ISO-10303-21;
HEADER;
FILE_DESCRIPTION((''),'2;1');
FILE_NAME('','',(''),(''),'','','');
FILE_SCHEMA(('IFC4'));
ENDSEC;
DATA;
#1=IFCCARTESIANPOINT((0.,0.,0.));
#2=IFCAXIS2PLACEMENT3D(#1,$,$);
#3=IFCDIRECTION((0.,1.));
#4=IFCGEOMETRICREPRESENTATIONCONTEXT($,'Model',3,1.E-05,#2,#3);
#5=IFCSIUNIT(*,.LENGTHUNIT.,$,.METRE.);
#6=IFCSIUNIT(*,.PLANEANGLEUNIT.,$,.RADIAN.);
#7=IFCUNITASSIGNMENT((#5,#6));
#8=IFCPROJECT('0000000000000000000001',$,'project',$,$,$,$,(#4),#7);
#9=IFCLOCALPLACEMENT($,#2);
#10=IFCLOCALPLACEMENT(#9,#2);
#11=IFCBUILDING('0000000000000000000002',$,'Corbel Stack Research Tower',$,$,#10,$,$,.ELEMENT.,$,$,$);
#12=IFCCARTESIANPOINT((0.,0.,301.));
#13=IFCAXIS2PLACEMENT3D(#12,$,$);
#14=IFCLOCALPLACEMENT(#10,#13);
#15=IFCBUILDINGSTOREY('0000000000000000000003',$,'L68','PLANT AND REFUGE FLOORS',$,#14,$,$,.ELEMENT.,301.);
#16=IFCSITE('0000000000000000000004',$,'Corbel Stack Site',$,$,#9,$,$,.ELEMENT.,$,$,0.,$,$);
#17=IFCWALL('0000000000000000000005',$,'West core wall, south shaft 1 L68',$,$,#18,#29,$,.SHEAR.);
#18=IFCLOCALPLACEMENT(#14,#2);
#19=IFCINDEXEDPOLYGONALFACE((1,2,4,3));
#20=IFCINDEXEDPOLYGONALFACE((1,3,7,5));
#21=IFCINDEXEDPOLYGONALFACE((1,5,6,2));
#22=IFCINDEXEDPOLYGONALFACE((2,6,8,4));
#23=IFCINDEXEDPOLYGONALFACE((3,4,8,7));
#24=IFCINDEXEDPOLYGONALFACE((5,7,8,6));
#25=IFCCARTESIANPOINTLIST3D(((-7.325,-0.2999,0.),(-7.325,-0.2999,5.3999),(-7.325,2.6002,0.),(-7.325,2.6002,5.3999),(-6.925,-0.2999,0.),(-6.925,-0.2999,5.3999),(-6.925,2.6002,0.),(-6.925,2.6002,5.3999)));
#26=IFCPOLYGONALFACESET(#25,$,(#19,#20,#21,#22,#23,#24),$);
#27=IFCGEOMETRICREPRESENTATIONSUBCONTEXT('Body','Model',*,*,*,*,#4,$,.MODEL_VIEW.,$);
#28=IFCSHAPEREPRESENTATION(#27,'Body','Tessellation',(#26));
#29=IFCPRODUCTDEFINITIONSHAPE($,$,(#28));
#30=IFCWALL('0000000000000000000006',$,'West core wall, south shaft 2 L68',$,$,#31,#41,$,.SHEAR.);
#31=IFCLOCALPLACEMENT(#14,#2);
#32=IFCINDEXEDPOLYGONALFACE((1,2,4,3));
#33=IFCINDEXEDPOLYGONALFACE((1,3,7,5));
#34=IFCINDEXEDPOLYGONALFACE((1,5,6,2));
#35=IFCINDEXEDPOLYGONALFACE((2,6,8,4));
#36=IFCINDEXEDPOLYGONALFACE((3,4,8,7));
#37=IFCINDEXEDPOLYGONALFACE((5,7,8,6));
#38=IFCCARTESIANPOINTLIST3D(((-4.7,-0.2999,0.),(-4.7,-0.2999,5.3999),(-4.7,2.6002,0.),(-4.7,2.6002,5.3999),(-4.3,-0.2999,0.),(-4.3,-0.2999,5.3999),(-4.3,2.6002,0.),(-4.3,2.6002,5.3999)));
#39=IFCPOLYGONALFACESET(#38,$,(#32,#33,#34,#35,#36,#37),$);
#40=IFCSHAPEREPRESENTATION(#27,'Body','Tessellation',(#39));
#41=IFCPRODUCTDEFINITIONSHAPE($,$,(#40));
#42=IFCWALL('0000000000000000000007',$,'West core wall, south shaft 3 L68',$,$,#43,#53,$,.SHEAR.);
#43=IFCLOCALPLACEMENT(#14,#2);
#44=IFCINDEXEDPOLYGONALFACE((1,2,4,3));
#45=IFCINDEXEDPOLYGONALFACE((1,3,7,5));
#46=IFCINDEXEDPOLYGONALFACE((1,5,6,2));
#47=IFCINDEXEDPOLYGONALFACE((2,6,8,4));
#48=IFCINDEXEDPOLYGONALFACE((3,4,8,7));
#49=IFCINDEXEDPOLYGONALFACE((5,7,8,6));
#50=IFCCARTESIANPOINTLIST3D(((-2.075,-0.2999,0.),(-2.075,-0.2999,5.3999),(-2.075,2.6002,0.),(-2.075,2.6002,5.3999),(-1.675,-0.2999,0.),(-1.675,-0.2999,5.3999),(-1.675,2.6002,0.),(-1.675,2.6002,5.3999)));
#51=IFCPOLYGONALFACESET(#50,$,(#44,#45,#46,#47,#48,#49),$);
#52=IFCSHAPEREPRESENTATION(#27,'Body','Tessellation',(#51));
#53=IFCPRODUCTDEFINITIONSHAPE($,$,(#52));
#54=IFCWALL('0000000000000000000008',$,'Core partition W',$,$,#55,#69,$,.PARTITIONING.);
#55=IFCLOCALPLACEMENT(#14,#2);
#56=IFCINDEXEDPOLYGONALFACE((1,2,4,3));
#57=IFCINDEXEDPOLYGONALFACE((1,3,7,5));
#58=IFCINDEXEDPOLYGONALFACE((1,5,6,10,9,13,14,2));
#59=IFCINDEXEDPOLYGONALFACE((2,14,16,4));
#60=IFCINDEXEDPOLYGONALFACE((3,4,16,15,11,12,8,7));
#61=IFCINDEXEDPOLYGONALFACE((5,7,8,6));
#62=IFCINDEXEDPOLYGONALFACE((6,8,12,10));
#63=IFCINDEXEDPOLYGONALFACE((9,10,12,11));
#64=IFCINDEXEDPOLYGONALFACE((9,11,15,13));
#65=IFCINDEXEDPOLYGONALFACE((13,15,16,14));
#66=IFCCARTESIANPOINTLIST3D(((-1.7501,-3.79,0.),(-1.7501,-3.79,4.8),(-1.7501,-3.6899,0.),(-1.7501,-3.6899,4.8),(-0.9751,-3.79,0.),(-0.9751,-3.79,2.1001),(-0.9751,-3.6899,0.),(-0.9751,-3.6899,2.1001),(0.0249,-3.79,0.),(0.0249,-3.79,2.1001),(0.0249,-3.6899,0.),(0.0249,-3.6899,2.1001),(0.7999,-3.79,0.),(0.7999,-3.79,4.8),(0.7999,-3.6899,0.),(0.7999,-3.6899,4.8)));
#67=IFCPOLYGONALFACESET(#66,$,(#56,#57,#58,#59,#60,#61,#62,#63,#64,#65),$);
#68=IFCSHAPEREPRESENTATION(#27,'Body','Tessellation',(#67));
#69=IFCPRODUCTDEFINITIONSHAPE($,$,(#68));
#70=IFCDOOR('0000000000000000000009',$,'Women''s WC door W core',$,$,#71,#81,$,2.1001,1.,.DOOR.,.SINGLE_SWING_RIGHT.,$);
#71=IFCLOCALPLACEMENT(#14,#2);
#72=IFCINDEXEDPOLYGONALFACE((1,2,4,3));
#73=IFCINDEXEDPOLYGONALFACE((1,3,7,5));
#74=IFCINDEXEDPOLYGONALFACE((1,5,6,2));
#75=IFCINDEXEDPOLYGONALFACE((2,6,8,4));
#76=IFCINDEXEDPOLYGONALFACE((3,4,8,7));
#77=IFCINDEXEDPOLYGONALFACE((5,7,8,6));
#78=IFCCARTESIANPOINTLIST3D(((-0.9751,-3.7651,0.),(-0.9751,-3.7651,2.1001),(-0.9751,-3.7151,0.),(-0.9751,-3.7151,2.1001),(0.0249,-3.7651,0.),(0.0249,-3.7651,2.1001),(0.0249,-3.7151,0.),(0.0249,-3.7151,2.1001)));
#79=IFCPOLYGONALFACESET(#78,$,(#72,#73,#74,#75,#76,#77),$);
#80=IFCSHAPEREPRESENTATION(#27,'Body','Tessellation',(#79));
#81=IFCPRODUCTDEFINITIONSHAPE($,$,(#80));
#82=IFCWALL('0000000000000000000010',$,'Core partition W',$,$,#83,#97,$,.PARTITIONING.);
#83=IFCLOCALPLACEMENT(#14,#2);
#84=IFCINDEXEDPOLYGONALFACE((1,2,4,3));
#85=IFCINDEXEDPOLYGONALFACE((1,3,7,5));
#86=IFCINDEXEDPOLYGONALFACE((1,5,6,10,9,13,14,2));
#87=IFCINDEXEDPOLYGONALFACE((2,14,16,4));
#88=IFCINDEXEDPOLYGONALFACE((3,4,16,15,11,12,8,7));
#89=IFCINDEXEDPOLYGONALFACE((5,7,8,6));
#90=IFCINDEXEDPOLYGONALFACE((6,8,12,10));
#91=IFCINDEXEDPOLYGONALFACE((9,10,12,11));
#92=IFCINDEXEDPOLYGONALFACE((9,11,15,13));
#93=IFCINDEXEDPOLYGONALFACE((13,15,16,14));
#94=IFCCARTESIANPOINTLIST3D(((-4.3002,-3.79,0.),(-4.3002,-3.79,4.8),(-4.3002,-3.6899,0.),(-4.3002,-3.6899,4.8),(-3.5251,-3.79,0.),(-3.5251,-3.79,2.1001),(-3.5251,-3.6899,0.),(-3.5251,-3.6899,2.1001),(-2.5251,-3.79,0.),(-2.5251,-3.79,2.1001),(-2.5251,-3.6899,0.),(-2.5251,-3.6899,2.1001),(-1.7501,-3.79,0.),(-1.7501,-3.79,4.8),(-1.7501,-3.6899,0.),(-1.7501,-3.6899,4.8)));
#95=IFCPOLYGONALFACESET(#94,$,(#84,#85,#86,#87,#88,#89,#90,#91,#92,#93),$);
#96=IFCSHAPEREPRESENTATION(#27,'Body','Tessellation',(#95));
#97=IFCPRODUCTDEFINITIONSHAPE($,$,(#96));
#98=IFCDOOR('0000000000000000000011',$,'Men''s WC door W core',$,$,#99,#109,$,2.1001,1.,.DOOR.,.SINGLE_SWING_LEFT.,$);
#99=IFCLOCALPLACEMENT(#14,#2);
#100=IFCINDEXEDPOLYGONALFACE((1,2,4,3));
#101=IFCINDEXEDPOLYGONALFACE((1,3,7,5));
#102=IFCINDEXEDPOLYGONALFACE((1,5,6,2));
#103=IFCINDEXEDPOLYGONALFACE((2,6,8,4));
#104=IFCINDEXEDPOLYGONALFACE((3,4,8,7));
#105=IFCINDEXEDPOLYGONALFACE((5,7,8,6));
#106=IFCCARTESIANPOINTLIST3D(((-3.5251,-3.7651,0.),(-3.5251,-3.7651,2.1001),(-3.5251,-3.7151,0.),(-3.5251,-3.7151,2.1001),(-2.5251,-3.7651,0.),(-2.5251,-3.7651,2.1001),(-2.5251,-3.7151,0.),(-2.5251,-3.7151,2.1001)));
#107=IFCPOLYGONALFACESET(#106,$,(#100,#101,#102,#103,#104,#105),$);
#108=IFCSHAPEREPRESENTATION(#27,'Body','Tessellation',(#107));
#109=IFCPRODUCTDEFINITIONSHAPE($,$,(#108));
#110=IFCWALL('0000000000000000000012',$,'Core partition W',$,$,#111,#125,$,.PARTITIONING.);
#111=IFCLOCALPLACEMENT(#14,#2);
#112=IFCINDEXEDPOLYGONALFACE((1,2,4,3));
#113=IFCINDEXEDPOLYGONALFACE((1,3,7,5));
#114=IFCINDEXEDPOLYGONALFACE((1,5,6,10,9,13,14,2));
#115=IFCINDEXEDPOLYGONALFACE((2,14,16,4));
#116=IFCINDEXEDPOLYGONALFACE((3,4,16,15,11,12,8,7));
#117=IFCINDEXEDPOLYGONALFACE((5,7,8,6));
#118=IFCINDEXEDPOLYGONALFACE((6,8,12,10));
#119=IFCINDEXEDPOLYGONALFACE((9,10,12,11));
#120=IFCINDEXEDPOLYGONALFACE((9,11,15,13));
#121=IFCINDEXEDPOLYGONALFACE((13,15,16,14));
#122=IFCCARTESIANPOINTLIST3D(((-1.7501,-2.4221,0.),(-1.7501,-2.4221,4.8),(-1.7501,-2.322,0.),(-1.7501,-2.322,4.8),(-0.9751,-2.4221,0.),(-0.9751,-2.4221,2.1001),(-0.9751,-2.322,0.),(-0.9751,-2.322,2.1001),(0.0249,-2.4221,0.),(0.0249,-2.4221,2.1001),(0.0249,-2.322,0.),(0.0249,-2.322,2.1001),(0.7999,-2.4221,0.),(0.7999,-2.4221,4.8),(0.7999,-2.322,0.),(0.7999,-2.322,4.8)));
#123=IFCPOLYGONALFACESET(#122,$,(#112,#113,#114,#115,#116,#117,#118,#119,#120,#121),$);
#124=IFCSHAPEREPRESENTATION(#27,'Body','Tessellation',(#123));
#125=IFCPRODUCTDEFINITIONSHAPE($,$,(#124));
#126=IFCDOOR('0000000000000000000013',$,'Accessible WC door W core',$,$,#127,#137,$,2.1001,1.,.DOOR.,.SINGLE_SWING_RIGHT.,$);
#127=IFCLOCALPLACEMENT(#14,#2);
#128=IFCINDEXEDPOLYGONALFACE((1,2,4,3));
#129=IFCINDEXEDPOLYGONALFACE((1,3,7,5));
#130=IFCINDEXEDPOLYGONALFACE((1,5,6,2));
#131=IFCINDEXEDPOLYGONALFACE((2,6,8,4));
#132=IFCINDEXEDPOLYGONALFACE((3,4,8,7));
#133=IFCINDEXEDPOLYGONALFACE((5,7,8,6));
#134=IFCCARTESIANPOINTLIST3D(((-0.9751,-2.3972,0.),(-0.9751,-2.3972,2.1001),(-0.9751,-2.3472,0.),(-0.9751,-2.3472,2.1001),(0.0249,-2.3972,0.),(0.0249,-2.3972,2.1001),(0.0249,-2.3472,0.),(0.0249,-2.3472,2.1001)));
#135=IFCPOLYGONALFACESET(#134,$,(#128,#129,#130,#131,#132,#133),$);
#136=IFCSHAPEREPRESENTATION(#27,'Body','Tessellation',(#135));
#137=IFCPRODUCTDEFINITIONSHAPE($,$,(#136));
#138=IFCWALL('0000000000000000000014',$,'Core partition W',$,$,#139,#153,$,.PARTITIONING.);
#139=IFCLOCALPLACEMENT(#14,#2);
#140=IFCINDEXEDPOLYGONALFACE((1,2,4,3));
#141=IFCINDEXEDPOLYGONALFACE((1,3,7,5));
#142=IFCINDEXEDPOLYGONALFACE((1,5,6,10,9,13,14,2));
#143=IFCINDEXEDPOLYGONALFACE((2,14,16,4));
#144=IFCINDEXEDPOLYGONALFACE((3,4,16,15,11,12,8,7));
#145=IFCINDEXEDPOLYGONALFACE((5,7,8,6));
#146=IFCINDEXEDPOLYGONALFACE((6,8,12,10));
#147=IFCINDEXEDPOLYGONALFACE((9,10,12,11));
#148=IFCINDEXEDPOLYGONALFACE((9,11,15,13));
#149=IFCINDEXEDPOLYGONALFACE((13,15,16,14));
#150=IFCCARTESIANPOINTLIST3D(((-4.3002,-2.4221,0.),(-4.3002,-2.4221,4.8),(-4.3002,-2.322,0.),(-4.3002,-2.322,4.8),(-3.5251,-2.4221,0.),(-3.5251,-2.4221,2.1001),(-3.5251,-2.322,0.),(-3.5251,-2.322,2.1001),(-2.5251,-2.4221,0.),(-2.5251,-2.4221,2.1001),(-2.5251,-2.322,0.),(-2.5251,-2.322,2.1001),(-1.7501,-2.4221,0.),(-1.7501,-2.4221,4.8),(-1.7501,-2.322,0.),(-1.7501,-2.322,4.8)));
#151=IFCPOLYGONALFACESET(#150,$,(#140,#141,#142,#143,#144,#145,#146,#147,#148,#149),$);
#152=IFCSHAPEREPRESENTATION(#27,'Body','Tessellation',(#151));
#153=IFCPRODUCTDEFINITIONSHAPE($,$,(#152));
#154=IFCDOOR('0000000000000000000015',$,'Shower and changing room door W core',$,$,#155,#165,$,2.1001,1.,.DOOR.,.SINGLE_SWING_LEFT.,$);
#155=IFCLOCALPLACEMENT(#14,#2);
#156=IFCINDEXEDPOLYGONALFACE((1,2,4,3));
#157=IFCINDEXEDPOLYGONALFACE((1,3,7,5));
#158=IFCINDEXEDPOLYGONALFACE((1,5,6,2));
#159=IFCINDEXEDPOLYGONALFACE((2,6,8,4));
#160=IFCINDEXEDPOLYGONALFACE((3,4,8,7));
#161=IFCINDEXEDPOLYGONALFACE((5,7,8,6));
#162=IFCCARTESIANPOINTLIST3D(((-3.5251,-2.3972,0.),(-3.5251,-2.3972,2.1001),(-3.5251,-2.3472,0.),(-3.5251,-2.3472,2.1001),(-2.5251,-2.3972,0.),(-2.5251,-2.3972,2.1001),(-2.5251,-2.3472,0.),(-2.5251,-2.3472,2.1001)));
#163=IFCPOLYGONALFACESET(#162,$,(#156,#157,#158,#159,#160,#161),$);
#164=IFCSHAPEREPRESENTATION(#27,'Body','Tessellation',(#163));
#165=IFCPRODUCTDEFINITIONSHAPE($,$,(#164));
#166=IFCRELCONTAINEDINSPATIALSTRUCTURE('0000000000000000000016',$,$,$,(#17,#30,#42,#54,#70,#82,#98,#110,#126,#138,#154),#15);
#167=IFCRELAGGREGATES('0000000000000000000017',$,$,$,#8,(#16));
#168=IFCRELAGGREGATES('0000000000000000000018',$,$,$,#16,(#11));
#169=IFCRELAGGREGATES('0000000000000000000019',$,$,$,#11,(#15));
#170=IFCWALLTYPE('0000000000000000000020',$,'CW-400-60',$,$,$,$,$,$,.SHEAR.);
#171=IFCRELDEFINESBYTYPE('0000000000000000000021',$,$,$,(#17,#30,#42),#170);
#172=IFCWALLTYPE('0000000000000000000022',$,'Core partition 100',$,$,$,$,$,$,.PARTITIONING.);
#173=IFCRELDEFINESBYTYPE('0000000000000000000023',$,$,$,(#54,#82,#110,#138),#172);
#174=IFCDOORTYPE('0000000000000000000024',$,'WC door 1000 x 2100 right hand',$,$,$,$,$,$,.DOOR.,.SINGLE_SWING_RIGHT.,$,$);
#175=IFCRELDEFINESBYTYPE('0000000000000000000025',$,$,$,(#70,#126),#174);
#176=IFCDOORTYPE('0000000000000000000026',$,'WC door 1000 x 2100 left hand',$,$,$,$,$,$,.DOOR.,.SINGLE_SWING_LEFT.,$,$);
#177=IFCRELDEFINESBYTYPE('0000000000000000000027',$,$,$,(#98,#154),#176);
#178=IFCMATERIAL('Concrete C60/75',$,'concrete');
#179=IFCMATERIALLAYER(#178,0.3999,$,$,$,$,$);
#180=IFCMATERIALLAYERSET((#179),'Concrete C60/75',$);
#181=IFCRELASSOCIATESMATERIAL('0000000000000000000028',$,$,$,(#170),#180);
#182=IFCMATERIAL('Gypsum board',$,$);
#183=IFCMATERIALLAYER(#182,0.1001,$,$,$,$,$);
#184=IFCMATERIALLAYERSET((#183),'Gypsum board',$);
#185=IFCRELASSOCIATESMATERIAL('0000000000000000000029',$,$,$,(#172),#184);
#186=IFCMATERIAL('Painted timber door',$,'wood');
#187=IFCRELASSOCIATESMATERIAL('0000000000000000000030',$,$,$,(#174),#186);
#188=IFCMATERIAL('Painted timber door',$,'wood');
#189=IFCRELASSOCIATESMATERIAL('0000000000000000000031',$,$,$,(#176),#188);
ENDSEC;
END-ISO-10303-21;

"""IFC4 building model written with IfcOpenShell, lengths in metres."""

from ifc_helpers import new_model, si_unit, direction, frame, frame_2d, origin, place, context, subcontext, project, spatial, rectangle, extrude, material, layer, layer_set, type_object, element, fill, save


model = new_model("IFC4")

# Units and contexts
model_context = context("Model", 3, precision=1e-05, world=origin(), true_north=direction((0.0, 1.0)))
body_context = subcontext(model_context, "Body", "Model", "MODEL_VIEW")
ifc_project = project(units=[si_unit("LENGTHUNIT", "METRE"), si_unit("PLANEANGLEUNIT", "RADIAN")], contexts=[model_context])

# Site, building, storey
site_placement = place(None, origin())
site = spatial("IfcSite", under=ifc_project, at=site_placement, Name="Corbel Stack Site", CompositionType="ELEMENT", RefElevation=0.0)
building_placement = place(site_placement, origin())
building = spatial("IfcBuilding", under=site, at=building_placement, Name="Corbel Stack Research Tower", CompositionType="ELEMENT")
storey_placement = place(building_placement, frame((0.0, 0.0, 301.0)))
storey = spatial("IfcBuildingStorey", under=building, at=storey_placement, Name="L68", Description="PLANT AND REFUGE FLOORS", CompositionType="ELEMENT", Elevation=301.0)

# Walls
ifc_material_1 = material(Name="Concrete C60/75", Category="concrete")
ifc_layer_1 = layer(ifc_material_1, 0.3999)
ifc_layer_set_1 = layer_set([ifc_layer_1], Name="Concrete C60/75")
wall_type_1 = type_object("IfcWallType", Name="CW-400-60", PredefinedType="SHEAR", material=ifc_layer_set_1)
for number, where, z_axis, x_axis, name in (
    (1, (-7.125, -0.3, 0.0), (0.0, 0.0, 1.0), (0.0, 1.0, 0.0), "West core wall, south shaft 1 L68"),
    (2, (-4.5, -0.3, 0.0), (0.0, 0.0, 1.0), (0.0, 1.0, 0.0), "West core wall, south shaft 2 L68"),
    (3, (-1.875, -0.3, 0.0), (0.0, 0.0, 1.0), (0.0, 1.0, 0.0), "West core wall, south shaft 3 L68"),
):
    element("IfcWall", number, at=place(storey_placement, frame(where, z_axis=z_axis, x_axis=x_axis)), inside=storey, type_object=wall_type_1, Name=name, PredefinedType="SHEAR", context=body_context, shape_type="SweptSolid", body=[
        extrude(rectangle(XDim=2.9001, YDim=0.3999, at=frame_2d((1.4502, 0.0))), origin(), (0.0, 0.0, 1.0), 5.3999),
    ])

# Walls, openings, doors
ifc_material_2 = material(Name="Gypsum board")
ifc_layer_2 = layer(ifc_material_2, 0.1001)
ifc_layer_set_2 = layer_set([ifc_layer_2], Name="Gypsum board")
wall_type_2 = type_object("IfcWallType", Name="Core partition 100", PredefinedType="PARTITIONING", material=ifc_layer_set_2)
wall_1_placement = place(storey_placement, frame((-1.75, -3.74, 0.0), z_axis=(0.0, 0.0, 1.0), x_axis=(1.0, 0.0, 0.0)))
wall_1 = element("IfcWall", 4, at=wall_1_placement, inside=storey, type_object=wall_type_2, Name="Core partition W", PredefinedType="PARTITIONING", context=body_context, shape_type="SweptSolid", body=[
    extrude(rectangle(XDim=2.55, YDim=0.1001, at=frame_2d((1.2749, 0.0))), origin(), (0.0, 0.0, 1.0), 4.8),
])
opening_1_placement = place(wall_1_placement, frame((0.7749, 0.0, 0.0)))
opening_1 = element("IfcOpeningElement", 5, at=opening_1_placement, cuts=wall_1, PredefinedType="OPENING", context=body_context, shape_type="SweptSolid", body=[
    extrude(rectangle(XDim=1.0, YDim=2.1001, at=frame_2d((0.5, 1.05))), frame((0.0, 0.0601, 0.0), z_axis=(0.0, -1.0, 0.0), x_axis=(1.0, 0.0, 0.0)), (0.0, 0.0, 1.0), 0.1201),
])
ifc_material_3 = material(Name="Painted timber door", Category="wood")
door_type_1 = type_object("IfcDoorType", Name="WC door 1000 x 2100 right hand", OperationType="SINGLE_SWING_RIGHT", PredefinedType="DOOR", material=ifc_material_3)
door_1_placement = place(opening_1_placement, origin())
door_1 = element("IfcDoor", 6, at=door_1_placement, inside=storey, type_object=door_type_1, Name="Women's WC door W core", OperationType="SINGLE_SWING_RIGHT", OverallHeight=2.1001, OverallWidth=1.0, PredefinedType="DOOR", context=body_context, shape_type="SweptSolid", body=[
    extrude(rectangle(XDim=1.0, YDim=2.1001, at=frame_2d((0.5, 1.05))), frame((0.0, 0.0249, 0.0), z_axis=(0.0, -1.0, 0.0), x_axis=(1.0, 0.0, 0.0)), (0.0, 0.0, 1.0), 0.05),
])
fill(opening_1, door_1)
wall_2_placement = place(storey_placement, frame((-4.3, -3.74, 0.0), z_axis=(0.0, 0.0, 1.0), x_axis=(1.0, 0.0, 0.0)))
wall_2 = element("IfcWall", 7, at=wall_2_placement, inside=storey, type_object=wall_type_2, Name="Core partition W", PredefinedType="PARTITIONING", context=body_context, shape_type="SweptSolid", body=[
    extrude(rectangle(XDim=2.55, YDim=0.1001, at=frame_2d((1.2749, 0.0))), origin(), (0.0, 0.0, 1.0), 4.8),
])
opening_2_placement = place(wall_2_placement, frame((0.7749, 0.0, 0.0)))
opening_2 = element("IfcOpeningElement", 8, at=opening_2_placement, cuts=wall_2, PredefinedType="OPENING", context=body_context, shape_type="SweptSolid", body=[
    extrude(rectangle(XDim=1.0, YDim=2.1001, at=frame_2d((0.5, 1.05))), frame((0.0, 0.0601, 0.0), z_axis=(0.0, -1.0, 0.0), x_axis=(1.0, 0.0, 0.0)), (0.0, 0.0, 1.0), 0.1201),
])
ifc_material_4 = material(Name="Painted timber door", Category="wood")
door_type_2 = type_object("IfcDoorType", Name="WC door 1000 x 2100 left hand", OperationType="SINGLE_SWING_LEFT", PredefinedType="DOOR", material=ifc_material_4)
door_2_placement = place(opening_2_placement, origin())
door_2 = element("IfcDoor", 9, at=door_2_placement, inside=storey, type_object=door_type_2, Name="Men's WC door W core", OperationType="SINGLE_SWING_LEFT", OverallHeight=2.1001, OverallWidth=1.0, PredefinedType="DOOR", context=body_context, shape_type="SweptSolid", body=[
    extrude(rectangle(XDim=1.0, YDim=2.1001, at=frame_2d((0.5, 1.05))), frame((0.0, 0.0249, 0.0), z_axis=(0.0, -1.0, 0.0), x_axis=(1.0, 0.0, 0.0)), (0.0, 0.0, 1.0), 0.05),
])
fill(opening_2, door_2)
wall_3_placement = place(storey_placement, frame((-1.75, -2.3721, 0.0), z_axis=(0.0, 0.0, 1.0), x_axis=(1.0, 0.0, 0.0)))
wall_3 = element("IfcWall", 10, at=wall_3_placement, inside=storey, type_object=wall_type_2, Name="Core partition W", PredefinedType="PARTITIONING", context=body_context, shape_type="SweptSolid", body=[
    extrude(rectangle(XDim=2.55, YDim=0.1001, at=frame_2d((1.2749, 0.0))), origin(), (0.0, 0.0, 1.0), 4.8),
])
opening_3_placement = place(wall_3_placement, frame((0.7749, 0.0, 0.0)))
opening_3 = element("IfcOpeningElement", 11, at=opening_3_placement, cuts=wall_3, PredefinedType="OPENING", context=body_context, shape_type="SweptSolid", body=[
    extrude(rectangle(XDim=1.0, YDim=2.1001, at=frame_2d((0.5, 1.05))), frame((0.0, 0.0601, 0.0), z_axis=(0.0, -1.0, 0.0), x_axis=(1.0, 0.0, 0.0)), (0.0, 0.0, 1.0), 0.1201),
])
door_3_placement = place(opening_3_placement, origin())
door_3 = element("IfcDoor", 12, at=door_3_placement, inside=storey, type_object=door_type_1, Name="Accessible WC door W core", OperationType="SINGLE_SWING_RIGHT", OverallHeight=2.1001, OverallWidth=1.0, PredefinedType="DOOR", context=body_context, shape_type="SweptSolid", body=[
    extrude(rectangle(XDim=1.0, YDim=2.1001, at=frame_2d((0.5, 1.05))), frame((0.0, 0.0249, 0.0), z_axis=(0.0, -1.0, 0.0), x_axis=(1.0, 0.0, 0.0)), (0.0, 0.0, 1.0), 0.05),
])
fill(opening_3, door_3)
wall_4_placement = place(storey_placement, frame((-4.3, -2.3721, 0.0), z_axis=(0.0, 0.0, 1.0), x_axis=(1.0, 0.0, 0.0)))
wall_4 = element("IfcWall", 13, at=wall_4_placement, inside=storey, type_object=wall_type_2, Name="Core partition W", PredefinedType="PARTITIONING", context=body_context, shape_type="SweptSolid", body=[
    extrude(rectangle(XDim=2.55, YDim=0.1001, at=frame_2d((1.2749, 0.0))), origin(), (0.0, 0.0, 1.0), 4.8),
])
opening_4_placement = place(wall_4_placement, frame((0.7749, 0.0, 0.0)))
opening_4 = element("IfcOpeningElement", 14, at=opening_4_placement, cuts=wall_4, PredefinedType="OPENING", context=body_context, shape_type="SweptSolid", body=[
    extrude(rectangle(XDim=1.0, YDim=2.1001, at=frame_2d((0.5, 1.05))), frame((0.0, 0.0601, 0.0), z_axis=(0.0, -1.0, 0.0), x_axis=(1.0, 0.0, 0.0)), (0.0, 0.0, 1.0), 0.1201),
])
door_4_placement = place(opening_4_placement, origin())
door_4 = element("IfcDoor", 15, at=door_4_placement, inside=storey, type_object=door_type_2, Name="Shower and changing room door W core", OperationType="SINGLE_SWING_LEFT", OverallHeight=2.1001, OverallWidth=1.0, PredefinedType="DOOR", context=body_context, shape_type="SweptSolid", body=[
    extrude(rectangle(XDim=1.0, YDim=2.1001, at=frame_2d((0.5, 1.05))), frame((0.0, 0.0249, 0.0), z_axis=(0.0, -1.0, 0.0), x_axis=(1.0, 0.0, 0.0)), (0.0, 0.0, 1.0), 0.05),
])
fill(opening_4, door_4)

save(model, "model.ifc")
